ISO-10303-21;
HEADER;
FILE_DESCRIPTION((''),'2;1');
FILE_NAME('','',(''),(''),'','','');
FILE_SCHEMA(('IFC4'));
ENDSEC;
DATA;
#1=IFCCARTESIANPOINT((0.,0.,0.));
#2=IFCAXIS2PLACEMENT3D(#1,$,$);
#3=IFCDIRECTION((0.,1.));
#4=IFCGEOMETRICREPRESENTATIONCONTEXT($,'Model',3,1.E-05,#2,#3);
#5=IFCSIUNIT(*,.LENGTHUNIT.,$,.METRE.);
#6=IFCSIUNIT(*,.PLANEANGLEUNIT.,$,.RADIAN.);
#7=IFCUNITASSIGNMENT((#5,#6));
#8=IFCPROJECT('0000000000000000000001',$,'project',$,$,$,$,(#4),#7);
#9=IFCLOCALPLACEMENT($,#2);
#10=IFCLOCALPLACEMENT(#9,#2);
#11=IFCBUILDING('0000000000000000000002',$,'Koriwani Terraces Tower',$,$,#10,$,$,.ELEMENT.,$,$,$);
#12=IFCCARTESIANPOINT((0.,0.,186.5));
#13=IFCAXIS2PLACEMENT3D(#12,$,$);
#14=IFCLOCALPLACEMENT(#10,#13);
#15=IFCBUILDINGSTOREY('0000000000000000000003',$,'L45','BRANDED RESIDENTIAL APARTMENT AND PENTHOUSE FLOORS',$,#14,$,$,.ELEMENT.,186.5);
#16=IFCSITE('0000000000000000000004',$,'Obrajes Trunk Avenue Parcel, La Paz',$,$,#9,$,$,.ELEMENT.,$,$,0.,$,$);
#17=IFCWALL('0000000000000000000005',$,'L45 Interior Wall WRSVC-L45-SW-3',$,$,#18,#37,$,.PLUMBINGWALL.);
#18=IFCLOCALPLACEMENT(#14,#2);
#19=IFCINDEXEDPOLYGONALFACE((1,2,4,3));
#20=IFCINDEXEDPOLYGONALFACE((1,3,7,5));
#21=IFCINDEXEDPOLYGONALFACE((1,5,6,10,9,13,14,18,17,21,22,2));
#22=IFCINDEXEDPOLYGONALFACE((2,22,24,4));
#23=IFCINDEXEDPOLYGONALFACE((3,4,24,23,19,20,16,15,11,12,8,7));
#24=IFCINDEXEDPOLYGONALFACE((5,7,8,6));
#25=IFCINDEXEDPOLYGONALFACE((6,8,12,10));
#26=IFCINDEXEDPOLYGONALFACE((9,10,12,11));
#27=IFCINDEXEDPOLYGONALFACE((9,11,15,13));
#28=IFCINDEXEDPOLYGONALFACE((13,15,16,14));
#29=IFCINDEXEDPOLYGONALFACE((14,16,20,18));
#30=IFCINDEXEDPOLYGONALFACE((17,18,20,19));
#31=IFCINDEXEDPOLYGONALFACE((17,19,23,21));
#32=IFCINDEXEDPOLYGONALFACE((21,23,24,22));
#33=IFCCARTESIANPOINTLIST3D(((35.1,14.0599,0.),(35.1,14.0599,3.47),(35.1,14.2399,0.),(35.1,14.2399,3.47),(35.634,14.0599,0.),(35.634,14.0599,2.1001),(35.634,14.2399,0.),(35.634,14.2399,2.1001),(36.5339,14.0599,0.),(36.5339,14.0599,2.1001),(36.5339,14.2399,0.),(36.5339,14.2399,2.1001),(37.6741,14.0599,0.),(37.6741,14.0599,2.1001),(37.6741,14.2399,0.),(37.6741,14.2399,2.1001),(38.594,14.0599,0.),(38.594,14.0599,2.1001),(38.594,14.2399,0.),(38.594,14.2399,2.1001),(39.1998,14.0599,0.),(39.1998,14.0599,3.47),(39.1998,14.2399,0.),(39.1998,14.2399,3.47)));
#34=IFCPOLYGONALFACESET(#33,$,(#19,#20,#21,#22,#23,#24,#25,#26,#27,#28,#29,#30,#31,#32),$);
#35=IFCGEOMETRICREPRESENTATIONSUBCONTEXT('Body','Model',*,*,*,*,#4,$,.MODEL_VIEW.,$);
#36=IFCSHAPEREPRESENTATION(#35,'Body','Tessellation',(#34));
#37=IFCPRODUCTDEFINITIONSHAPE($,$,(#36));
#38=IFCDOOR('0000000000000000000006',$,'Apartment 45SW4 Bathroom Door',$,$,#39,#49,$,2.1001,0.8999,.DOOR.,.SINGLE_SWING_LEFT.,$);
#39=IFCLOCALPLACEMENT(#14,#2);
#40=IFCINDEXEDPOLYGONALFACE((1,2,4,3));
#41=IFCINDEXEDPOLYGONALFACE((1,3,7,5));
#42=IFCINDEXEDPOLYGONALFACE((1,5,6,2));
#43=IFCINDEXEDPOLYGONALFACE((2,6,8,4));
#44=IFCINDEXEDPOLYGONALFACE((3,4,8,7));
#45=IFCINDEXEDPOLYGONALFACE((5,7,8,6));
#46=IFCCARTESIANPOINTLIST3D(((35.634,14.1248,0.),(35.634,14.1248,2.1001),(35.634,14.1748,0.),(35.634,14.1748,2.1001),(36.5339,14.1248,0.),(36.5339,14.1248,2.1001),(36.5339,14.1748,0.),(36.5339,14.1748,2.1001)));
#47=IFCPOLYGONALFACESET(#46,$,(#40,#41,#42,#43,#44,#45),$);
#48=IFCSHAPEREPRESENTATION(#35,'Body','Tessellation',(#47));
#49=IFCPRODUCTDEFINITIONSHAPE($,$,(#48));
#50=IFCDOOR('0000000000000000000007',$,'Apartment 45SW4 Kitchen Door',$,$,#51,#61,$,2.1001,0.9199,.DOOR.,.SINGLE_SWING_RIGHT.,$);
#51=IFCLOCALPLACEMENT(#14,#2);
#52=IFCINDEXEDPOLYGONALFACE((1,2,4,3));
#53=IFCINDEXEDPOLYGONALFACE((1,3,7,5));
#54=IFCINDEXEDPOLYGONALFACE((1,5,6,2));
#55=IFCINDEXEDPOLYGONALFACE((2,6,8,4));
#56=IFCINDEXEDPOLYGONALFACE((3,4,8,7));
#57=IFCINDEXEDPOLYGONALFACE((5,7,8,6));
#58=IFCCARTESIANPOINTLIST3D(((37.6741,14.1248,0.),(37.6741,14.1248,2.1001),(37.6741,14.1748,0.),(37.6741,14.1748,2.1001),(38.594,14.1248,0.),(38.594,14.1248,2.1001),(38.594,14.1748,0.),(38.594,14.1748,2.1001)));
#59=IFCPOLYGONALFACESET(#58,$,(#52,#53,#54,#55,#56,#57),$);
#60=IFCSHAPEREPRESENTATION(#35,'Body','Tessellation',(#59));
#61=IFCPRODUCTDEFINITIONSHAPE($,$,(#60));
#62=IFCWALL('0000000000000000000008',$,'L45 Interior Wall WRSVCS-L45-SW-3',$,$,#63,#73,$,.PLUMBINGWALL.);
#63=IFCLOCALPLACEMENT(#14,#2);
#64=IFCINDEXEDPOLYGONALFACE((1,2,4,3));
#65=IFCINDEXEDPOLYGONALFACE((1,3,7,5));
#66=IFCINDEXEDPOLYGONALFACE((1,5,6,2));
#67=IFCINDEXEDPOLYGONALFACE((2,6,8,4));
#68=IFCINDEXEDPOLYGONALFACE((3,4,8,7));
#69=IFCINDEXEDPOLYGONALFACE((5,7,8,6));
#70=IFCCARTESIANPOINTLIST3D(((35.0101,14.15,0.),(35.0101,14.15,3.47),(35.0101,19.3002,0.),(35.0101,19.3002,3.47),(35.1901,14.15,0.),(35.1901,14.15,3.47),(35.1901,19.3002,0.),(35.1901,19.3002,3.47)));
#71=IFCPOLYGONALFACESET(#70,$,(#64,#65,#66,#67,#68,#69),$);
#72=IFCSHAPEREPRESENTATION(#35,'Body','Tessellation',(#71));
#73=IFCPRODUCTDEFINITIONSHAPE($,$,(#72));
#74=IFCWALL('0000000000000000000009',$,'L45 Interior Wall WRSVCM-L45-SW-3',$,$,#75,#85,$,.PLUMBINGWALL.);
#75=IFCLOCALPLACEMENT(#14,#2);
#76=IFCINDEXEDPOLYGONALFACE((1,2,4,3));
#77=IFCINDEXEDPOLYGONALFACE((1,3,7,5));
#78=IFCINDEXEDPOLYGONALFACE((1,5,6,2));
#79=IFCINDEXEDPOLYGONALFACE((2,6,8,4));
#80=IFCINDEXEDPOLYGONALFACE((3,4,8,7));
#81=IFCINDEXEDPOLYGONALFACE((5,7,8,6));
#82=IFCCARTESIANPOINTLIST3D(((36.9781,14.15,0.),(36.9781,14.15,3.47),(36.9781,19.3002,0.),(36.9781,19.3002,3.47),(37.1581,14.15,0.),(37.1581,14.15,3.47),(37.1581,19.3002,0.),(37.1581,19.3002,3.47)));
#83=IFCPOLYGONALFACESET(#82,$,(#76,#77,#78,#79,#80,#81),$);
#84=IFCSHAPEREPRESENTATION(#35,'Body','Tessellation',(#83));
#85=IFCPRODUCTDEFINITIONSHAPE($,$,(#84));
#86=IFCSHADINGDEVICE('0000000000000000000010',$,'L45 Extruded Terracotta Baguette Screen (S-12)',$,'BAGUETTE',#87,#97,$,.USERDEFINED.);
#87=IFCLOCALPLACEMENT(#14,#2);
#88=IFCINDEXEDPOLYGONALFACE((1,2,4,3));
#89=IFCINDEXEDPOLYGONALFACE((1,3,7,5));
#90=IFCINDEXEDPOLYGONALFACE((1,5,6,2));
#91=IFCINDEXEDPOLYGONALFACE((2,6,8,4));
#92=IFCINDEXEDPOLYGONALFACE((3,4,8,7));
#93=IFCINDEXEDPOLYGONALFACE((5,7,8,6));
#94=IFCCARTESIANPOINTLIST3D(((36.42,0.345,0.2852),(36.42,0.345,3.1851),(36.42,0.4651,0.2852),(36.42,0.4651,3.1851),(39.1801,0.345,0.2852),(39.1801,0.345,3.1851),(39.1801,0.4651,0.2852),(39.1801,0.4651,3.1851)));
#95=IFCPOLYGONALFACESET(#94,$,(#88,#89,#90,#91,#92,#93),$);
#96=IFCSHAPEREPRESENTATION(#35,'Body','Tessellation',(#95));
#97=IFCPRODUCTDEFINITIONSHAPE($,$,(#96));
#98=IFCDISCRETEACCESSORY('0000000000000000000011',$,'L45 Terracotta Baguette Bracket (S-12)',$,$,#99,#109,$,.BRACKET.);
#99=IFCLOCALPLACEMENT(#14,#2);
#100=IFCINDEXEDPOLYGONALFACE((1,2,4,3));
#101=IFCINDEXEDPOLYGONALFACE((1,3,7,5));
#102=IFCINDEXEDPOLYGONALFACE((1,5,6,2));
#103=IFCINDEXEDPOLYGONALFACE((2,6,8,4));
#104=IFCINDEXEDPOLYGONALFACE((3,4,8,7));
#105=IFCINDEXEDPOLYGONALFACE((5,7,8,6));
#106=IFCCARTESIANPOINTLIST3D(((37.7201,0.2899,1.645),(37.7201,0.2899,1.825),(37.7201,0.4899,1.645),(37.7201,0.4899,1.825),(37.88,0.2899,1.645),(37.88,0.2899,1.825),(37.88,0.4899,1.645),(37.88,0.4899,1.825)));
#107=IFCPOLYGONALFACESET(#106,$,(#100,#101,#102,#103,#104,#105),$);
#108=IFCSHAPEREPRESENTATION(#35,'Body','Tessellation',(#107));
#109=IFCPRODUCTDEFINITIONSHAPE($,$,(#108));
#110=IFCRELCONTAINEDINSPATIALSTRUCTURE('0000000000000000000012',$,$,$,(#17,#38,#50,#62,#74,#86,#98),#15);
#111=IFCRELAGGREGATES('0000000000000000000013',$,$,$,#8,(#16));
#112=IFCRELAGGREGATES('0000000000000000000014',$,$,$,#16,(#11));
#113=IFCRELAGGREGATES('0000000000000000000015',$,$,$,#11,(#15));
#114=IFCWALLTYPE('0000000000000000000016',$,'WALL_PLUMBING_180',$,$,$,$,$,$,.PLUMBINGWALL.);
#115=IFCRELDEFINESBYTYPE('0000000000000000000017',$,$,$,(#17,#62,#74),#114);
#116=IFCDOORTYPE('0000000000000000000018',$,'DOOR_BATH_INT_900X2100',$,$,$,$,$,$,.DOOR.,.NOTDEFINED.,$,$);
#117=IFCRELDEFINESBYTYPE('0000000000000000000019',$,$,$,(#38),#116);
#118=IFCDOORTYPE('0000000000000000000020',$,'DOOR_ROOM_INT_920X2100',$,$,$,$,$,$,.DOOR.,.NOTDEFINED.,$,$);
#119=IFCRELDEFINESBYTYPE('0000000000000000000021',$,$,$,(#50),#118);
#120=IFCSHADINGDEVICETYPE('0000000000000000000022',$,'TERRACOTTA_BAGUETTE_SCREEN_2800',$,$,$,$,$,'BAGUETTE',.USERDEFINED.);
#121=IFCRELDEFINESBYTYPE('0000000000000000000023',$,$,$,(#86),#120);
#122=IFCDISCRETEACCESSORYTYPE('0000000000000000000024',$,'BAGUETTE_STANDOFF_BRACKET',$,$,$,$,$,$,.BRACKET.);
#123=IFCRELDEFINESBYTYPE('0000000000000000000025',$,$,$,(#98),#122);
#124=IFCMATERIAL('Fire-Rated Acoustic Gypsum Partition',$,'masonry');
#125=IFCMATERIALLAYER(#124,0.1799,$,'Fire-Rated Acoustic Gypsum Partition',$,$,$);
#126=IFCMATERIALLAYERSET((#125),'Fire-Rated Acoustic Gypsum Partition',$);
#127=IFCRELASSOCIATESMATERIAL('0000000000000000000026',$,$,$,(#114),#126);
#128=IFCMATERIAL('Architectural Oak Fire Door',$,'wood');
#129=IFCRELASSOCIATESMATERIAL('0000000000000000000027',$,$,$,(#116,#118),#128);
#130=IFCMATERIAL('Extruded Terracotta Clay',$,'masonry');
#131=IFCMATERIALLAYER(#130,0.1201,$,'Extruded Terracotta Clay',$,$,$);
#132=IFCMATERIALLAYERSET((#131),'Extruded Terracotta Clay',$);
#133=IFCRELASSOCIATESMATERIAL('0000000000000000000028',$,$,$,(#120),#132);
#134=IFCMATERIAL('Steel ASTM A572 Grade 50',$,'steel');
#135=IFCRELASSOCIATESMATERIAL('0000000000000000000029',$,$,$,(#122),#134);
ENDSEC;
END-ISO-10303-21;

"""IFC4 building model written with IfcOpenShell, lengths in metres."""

from ifc_helpers import new_model, si_unit, direction, frame, frame_2d, origin, origin_2d, place, context, subcontext, project, spatial, rectangle, extrude, material, layer, layer_set, type_object, element, fill, save


model = new_model("IFC4")

# Units and contexts
model_context = context("Model", 3, precision=1e-05, world=origin(), true_north=direction((0.0, 1.0)))
body_context = subcontext(model_context, "Body", "Model", "MODEL_VIEW")
ifc_project = project(units=[si_unit("LENGTHUNIT", "METRE"), si_unit("PLANEANGLEUNIT", "RADIAN")], contexts=[model_context])

# Site, building, storey
site_placement = place(None, origin())
site = spatial("IfcSite", under=ifc_project, at=site_placement, Name="Obrajes Trunk Avenue Parcel, La Paz", CompositionType="ELEMENT", RefElevation=0.0)
building_placement = place(site_placement, origin())
building = spatial("IfcBuilding", under=site, at=building_placement, Name="Koriwani Terraces Tower", CompositionType="ELEMENT")
storey_placement = place(building_placement, frame((0.0, 0.0, 186.5)))
storey = spatial("IfcBuildingStorey", under=building, at=storey_placement, Name="L45", Description="BRANDED RESIDENTIAL APARTMENT AND PENTHOUSE FLOORS", CompositionType="ELEMENT", Elevation=186.5)

# Shared definitions
ifc_material_1 = material(Name="Steel ASTM A572 Grade 50", Category="steel")

# Shared definitions
ifc_material_2 = material(Name="Fire-Rated Acoustic Gypsum Partition", Category="masonry")
ifc_layer_1 = layer(ifc_material_2, 0.1799, Name="Fire-Rated Acoustic Gypsum Partition")
ifc_layer_set_1 = layer_set([ifc_layer_1], Name="Fire-Rated Acoustic Gypsum Partition")
wall_type_1 = type_object("IfcWallType", Name="WALL_PLUMBING_180", PredefinedType="PLUMBINGWALL", material=ifc_layer_set_1)
ifc_material_3 = material(Name="Architectural Oak Fire Door", Category="wood")
door_type_1 = type_object("IfcDoorType", Name="DOOR_BATH_INT_900X2100", OperationType="NOTDEFINED", PredefinedType="DOOR", material=ifc_material_3)
door_type_2 = type_object("IfcDoorType", Name="DOOR_ROOM_INT_920X2100", OperationType="NOTDEFINED", PredefinedType="DOOR", material=ifc_material_3)

# Wall, openings, doors
wall_1_placement = place(storey_placement, frame((35.1001, 14.1499, 0.0), z_axis=(0.0, 0.0, 1.0), x_axis=(1.0, 0.0, 0.0)))
wall_1 = element("IfcWall", 1, at=wall_1_placement, inside=storey, type_object=wall_type_1, Name="L45 Interior Wall WRSVC-L45-SW-3", PredefinedType="PLUMBINGWALL", context=body_context, shape_type="SweptSolid", body=[
    extrude(rectangle(XDim=4.0999, YDim=0.1799, at=frame_2d((2.0498, 0.0))), origin(), (0.0, 0.0, 1.0), 3.47),
])
opening_1_placement = place(wall_1_placement, frame((0.5339, 0.0, 0.0)))
opening_1 = element("IfcOpeningElement", 2, at=opening_1_placement, cuts=wall_1, PredefinedType="OPENING", context=body_context, shape_type="SweptSolid", body=[
    extrude(rectangle(XDim=0.8999, YDim=2.1001, at=frame_2d((0.45, 1.05))), frame((0.0, 0.1001, 0.0), z_axis=(0.0, -1.0, 0.0), x_axis=(1.0, 0.0, 0.0)), (0.0, 0.0, 1.0), 0.2),
])
opening_2_placement = place(wall_1_placement, frame((2.574, 0.0, 0.0)))
opening_2 = element("IfcOpeningElement", 3, at=opening_2_placement, cuts=wall_1, PredefinedType="OPENING", context=body_context, shape_type="SweptSolid", body=[
    extrude(rectangle(XDim=0.9199, YDim=2.1001, at=frame_2d((0.46, 1.05))), frame((0.0, 0.1001, 0.0), z_axis=(0.0, -1.0, 0.0), x_axis=(1.0, 0.0, 0.0)), (0.0, 0.0, 1.0), 0.2),
])
door_1_placement = place(opening_1_placement, origin())
door_1 = element("IfcDoor", 4, at=door_1_placement, inside=storey, type_object=door_type_1, Name="Apartment 45SW4 Bathroom Door", OperationType="SINGLE_SWING_LEFT", OverallHeight=2.1001, OverallWidth=0.8999, PredefinedType="DOOR", context=body_context, shape_type="SweptSolid", body=[
    extrude(rectangle(XDim=0.8999, YDim=2.1001, at=frame_2d((0.45, 1.05))), frame((0.0, 0.0249, 0.0), z_axis=(0.0, -1.0, 0.0), x_axis=(1.0, 0.0, 0.0)), (0.0, 0.0, 1.0), 0.05),
])
fill(opening_1, door_1)
door_2_placement = place(opening_2_placement, origin())
door_2 = element("IfcDoor", 5, at=door_2_placement, inside=storey, type_object=door_type_2, Name="Apartment 45SW4 Kitchen Door", OperationType="SINGLE_SWING_RIGHT", OverallHeight=2.1001, OverallWidth=0.9199, PredefinedType="DOOR", context=body_context, shape_type="SweptSolid", body=[
    extrude(rectangle(XDim=0.9199, YDim=2.1001, at=frame_2d((0.46, 1.05))), frame((0.0, 0.0249, 0.0), z_axis=(0.0, -1.0, 0.0), x_axis=(1.0, 0.0, 0.0)), (0.0, 0.0, 1.0), 0.05),
])
fill(opening_2, door_2)

# Walls
for number, where, z_axis, x_axis, name in (
    (6, (35.1001, 14.1499, 0.0), (0.0, 0.0, 1.0), (0.0, 1.0, 0.0), "L45 Interior Wall WRSVCS-L45-SW-3"),
    (7, (37.0681, 14.1499, 0.0), (0.0, 0.0, 1.0), (0.0, 1.0, 0.0), "L45 Interior Wall WRSVCM-L45-SW-3"),
):
    element("IfcWall", number, at=place(storey_placement, frame(where, z_axis=z_axis, x_axis=x_axis)), inside=storey, type_object=wall_type_1, Name=name, PredefinedType="PLUMBINGWALL", context=body_context, shape_type="SweptSolid", body=[
        extrude(rectangle(XDim=5.1501, YDim=0.1799, at=frame_2d((2.5752, 0.0))), origin(), (0.0, 0.0, 1.0), 3.47),
    ])

# Shading device
ifc_material_4 = material(Name="Extruded Terracotta Clay", Category="masonry")
ifc_layer_2 = layer(ifc_material_4, 0.1201, Name="Extruded Terracotta Clay")
ifc_layer_set_2 = layer_set([ifc_layer_2], Name="Extruded Terracotta Clay")
shading_device_type = type_object("IfcShadingDeviceType", Name="TERRACOTTA_BAGUETTE_SCREEN_2800", ElementType="BAGUETTE", PredefinedType="USERDEFINED", material=ifc_layer_set_2)
shading_device_placement = place(storey_placement, frame((37.8, 0.405, 0.2852), z_axis=(0.0, 0.0, 1.0), x_axis=(-1.0, 0.0, 0.0)))
element("IfcShadingDevice", 8, at=shading_device_placement, inside=storey, type_object=shading_device_type, Name="L45 Extruded Terracotta Baguette Screen (S-12)", ObjectType="BAGUETTE", PredefinedType="USERDEFINED", context=body_context, shape_type="SweptSolid", body=[
    extrude(rectangle(XDim=2.76, YDim=0.1201, at=origin_2d()), origin(), (0.0, 0.0, 1.0), 2.8999),
])

# Discrete accessory
discrete_accessory_type = type_object("IfcDiscreteAccessoryType", Name="BAGUETTE_STANDOFF_BRACKET", PredefinedType="BRACKET", material=ifc_material_1)
discrete_accessory_placement = place(storey_placement, frame((37.8, 0.3899, 1.645), z_axis=(0.0, 0.0, 1.0), x_axis=(-1.0, 0.0, 0.0)))
element("IfcDiscreteAccessory", 9, at=discrete_accessory_placement, inside=storey, type_object=discrete_accessory_type, Name="L45 Terracotta Baguette Bracket (S-12)", PredefinedType="BRACKET", context=body_context, shape_type="SweptSolid", body=[
    extrude(rectangle(XDim=0.1599, YDim=0.2, at=origin_2d()), origin(), (0.0, 0.0, 1.0), 0.1799),
])

save(model, "model.ifc")
